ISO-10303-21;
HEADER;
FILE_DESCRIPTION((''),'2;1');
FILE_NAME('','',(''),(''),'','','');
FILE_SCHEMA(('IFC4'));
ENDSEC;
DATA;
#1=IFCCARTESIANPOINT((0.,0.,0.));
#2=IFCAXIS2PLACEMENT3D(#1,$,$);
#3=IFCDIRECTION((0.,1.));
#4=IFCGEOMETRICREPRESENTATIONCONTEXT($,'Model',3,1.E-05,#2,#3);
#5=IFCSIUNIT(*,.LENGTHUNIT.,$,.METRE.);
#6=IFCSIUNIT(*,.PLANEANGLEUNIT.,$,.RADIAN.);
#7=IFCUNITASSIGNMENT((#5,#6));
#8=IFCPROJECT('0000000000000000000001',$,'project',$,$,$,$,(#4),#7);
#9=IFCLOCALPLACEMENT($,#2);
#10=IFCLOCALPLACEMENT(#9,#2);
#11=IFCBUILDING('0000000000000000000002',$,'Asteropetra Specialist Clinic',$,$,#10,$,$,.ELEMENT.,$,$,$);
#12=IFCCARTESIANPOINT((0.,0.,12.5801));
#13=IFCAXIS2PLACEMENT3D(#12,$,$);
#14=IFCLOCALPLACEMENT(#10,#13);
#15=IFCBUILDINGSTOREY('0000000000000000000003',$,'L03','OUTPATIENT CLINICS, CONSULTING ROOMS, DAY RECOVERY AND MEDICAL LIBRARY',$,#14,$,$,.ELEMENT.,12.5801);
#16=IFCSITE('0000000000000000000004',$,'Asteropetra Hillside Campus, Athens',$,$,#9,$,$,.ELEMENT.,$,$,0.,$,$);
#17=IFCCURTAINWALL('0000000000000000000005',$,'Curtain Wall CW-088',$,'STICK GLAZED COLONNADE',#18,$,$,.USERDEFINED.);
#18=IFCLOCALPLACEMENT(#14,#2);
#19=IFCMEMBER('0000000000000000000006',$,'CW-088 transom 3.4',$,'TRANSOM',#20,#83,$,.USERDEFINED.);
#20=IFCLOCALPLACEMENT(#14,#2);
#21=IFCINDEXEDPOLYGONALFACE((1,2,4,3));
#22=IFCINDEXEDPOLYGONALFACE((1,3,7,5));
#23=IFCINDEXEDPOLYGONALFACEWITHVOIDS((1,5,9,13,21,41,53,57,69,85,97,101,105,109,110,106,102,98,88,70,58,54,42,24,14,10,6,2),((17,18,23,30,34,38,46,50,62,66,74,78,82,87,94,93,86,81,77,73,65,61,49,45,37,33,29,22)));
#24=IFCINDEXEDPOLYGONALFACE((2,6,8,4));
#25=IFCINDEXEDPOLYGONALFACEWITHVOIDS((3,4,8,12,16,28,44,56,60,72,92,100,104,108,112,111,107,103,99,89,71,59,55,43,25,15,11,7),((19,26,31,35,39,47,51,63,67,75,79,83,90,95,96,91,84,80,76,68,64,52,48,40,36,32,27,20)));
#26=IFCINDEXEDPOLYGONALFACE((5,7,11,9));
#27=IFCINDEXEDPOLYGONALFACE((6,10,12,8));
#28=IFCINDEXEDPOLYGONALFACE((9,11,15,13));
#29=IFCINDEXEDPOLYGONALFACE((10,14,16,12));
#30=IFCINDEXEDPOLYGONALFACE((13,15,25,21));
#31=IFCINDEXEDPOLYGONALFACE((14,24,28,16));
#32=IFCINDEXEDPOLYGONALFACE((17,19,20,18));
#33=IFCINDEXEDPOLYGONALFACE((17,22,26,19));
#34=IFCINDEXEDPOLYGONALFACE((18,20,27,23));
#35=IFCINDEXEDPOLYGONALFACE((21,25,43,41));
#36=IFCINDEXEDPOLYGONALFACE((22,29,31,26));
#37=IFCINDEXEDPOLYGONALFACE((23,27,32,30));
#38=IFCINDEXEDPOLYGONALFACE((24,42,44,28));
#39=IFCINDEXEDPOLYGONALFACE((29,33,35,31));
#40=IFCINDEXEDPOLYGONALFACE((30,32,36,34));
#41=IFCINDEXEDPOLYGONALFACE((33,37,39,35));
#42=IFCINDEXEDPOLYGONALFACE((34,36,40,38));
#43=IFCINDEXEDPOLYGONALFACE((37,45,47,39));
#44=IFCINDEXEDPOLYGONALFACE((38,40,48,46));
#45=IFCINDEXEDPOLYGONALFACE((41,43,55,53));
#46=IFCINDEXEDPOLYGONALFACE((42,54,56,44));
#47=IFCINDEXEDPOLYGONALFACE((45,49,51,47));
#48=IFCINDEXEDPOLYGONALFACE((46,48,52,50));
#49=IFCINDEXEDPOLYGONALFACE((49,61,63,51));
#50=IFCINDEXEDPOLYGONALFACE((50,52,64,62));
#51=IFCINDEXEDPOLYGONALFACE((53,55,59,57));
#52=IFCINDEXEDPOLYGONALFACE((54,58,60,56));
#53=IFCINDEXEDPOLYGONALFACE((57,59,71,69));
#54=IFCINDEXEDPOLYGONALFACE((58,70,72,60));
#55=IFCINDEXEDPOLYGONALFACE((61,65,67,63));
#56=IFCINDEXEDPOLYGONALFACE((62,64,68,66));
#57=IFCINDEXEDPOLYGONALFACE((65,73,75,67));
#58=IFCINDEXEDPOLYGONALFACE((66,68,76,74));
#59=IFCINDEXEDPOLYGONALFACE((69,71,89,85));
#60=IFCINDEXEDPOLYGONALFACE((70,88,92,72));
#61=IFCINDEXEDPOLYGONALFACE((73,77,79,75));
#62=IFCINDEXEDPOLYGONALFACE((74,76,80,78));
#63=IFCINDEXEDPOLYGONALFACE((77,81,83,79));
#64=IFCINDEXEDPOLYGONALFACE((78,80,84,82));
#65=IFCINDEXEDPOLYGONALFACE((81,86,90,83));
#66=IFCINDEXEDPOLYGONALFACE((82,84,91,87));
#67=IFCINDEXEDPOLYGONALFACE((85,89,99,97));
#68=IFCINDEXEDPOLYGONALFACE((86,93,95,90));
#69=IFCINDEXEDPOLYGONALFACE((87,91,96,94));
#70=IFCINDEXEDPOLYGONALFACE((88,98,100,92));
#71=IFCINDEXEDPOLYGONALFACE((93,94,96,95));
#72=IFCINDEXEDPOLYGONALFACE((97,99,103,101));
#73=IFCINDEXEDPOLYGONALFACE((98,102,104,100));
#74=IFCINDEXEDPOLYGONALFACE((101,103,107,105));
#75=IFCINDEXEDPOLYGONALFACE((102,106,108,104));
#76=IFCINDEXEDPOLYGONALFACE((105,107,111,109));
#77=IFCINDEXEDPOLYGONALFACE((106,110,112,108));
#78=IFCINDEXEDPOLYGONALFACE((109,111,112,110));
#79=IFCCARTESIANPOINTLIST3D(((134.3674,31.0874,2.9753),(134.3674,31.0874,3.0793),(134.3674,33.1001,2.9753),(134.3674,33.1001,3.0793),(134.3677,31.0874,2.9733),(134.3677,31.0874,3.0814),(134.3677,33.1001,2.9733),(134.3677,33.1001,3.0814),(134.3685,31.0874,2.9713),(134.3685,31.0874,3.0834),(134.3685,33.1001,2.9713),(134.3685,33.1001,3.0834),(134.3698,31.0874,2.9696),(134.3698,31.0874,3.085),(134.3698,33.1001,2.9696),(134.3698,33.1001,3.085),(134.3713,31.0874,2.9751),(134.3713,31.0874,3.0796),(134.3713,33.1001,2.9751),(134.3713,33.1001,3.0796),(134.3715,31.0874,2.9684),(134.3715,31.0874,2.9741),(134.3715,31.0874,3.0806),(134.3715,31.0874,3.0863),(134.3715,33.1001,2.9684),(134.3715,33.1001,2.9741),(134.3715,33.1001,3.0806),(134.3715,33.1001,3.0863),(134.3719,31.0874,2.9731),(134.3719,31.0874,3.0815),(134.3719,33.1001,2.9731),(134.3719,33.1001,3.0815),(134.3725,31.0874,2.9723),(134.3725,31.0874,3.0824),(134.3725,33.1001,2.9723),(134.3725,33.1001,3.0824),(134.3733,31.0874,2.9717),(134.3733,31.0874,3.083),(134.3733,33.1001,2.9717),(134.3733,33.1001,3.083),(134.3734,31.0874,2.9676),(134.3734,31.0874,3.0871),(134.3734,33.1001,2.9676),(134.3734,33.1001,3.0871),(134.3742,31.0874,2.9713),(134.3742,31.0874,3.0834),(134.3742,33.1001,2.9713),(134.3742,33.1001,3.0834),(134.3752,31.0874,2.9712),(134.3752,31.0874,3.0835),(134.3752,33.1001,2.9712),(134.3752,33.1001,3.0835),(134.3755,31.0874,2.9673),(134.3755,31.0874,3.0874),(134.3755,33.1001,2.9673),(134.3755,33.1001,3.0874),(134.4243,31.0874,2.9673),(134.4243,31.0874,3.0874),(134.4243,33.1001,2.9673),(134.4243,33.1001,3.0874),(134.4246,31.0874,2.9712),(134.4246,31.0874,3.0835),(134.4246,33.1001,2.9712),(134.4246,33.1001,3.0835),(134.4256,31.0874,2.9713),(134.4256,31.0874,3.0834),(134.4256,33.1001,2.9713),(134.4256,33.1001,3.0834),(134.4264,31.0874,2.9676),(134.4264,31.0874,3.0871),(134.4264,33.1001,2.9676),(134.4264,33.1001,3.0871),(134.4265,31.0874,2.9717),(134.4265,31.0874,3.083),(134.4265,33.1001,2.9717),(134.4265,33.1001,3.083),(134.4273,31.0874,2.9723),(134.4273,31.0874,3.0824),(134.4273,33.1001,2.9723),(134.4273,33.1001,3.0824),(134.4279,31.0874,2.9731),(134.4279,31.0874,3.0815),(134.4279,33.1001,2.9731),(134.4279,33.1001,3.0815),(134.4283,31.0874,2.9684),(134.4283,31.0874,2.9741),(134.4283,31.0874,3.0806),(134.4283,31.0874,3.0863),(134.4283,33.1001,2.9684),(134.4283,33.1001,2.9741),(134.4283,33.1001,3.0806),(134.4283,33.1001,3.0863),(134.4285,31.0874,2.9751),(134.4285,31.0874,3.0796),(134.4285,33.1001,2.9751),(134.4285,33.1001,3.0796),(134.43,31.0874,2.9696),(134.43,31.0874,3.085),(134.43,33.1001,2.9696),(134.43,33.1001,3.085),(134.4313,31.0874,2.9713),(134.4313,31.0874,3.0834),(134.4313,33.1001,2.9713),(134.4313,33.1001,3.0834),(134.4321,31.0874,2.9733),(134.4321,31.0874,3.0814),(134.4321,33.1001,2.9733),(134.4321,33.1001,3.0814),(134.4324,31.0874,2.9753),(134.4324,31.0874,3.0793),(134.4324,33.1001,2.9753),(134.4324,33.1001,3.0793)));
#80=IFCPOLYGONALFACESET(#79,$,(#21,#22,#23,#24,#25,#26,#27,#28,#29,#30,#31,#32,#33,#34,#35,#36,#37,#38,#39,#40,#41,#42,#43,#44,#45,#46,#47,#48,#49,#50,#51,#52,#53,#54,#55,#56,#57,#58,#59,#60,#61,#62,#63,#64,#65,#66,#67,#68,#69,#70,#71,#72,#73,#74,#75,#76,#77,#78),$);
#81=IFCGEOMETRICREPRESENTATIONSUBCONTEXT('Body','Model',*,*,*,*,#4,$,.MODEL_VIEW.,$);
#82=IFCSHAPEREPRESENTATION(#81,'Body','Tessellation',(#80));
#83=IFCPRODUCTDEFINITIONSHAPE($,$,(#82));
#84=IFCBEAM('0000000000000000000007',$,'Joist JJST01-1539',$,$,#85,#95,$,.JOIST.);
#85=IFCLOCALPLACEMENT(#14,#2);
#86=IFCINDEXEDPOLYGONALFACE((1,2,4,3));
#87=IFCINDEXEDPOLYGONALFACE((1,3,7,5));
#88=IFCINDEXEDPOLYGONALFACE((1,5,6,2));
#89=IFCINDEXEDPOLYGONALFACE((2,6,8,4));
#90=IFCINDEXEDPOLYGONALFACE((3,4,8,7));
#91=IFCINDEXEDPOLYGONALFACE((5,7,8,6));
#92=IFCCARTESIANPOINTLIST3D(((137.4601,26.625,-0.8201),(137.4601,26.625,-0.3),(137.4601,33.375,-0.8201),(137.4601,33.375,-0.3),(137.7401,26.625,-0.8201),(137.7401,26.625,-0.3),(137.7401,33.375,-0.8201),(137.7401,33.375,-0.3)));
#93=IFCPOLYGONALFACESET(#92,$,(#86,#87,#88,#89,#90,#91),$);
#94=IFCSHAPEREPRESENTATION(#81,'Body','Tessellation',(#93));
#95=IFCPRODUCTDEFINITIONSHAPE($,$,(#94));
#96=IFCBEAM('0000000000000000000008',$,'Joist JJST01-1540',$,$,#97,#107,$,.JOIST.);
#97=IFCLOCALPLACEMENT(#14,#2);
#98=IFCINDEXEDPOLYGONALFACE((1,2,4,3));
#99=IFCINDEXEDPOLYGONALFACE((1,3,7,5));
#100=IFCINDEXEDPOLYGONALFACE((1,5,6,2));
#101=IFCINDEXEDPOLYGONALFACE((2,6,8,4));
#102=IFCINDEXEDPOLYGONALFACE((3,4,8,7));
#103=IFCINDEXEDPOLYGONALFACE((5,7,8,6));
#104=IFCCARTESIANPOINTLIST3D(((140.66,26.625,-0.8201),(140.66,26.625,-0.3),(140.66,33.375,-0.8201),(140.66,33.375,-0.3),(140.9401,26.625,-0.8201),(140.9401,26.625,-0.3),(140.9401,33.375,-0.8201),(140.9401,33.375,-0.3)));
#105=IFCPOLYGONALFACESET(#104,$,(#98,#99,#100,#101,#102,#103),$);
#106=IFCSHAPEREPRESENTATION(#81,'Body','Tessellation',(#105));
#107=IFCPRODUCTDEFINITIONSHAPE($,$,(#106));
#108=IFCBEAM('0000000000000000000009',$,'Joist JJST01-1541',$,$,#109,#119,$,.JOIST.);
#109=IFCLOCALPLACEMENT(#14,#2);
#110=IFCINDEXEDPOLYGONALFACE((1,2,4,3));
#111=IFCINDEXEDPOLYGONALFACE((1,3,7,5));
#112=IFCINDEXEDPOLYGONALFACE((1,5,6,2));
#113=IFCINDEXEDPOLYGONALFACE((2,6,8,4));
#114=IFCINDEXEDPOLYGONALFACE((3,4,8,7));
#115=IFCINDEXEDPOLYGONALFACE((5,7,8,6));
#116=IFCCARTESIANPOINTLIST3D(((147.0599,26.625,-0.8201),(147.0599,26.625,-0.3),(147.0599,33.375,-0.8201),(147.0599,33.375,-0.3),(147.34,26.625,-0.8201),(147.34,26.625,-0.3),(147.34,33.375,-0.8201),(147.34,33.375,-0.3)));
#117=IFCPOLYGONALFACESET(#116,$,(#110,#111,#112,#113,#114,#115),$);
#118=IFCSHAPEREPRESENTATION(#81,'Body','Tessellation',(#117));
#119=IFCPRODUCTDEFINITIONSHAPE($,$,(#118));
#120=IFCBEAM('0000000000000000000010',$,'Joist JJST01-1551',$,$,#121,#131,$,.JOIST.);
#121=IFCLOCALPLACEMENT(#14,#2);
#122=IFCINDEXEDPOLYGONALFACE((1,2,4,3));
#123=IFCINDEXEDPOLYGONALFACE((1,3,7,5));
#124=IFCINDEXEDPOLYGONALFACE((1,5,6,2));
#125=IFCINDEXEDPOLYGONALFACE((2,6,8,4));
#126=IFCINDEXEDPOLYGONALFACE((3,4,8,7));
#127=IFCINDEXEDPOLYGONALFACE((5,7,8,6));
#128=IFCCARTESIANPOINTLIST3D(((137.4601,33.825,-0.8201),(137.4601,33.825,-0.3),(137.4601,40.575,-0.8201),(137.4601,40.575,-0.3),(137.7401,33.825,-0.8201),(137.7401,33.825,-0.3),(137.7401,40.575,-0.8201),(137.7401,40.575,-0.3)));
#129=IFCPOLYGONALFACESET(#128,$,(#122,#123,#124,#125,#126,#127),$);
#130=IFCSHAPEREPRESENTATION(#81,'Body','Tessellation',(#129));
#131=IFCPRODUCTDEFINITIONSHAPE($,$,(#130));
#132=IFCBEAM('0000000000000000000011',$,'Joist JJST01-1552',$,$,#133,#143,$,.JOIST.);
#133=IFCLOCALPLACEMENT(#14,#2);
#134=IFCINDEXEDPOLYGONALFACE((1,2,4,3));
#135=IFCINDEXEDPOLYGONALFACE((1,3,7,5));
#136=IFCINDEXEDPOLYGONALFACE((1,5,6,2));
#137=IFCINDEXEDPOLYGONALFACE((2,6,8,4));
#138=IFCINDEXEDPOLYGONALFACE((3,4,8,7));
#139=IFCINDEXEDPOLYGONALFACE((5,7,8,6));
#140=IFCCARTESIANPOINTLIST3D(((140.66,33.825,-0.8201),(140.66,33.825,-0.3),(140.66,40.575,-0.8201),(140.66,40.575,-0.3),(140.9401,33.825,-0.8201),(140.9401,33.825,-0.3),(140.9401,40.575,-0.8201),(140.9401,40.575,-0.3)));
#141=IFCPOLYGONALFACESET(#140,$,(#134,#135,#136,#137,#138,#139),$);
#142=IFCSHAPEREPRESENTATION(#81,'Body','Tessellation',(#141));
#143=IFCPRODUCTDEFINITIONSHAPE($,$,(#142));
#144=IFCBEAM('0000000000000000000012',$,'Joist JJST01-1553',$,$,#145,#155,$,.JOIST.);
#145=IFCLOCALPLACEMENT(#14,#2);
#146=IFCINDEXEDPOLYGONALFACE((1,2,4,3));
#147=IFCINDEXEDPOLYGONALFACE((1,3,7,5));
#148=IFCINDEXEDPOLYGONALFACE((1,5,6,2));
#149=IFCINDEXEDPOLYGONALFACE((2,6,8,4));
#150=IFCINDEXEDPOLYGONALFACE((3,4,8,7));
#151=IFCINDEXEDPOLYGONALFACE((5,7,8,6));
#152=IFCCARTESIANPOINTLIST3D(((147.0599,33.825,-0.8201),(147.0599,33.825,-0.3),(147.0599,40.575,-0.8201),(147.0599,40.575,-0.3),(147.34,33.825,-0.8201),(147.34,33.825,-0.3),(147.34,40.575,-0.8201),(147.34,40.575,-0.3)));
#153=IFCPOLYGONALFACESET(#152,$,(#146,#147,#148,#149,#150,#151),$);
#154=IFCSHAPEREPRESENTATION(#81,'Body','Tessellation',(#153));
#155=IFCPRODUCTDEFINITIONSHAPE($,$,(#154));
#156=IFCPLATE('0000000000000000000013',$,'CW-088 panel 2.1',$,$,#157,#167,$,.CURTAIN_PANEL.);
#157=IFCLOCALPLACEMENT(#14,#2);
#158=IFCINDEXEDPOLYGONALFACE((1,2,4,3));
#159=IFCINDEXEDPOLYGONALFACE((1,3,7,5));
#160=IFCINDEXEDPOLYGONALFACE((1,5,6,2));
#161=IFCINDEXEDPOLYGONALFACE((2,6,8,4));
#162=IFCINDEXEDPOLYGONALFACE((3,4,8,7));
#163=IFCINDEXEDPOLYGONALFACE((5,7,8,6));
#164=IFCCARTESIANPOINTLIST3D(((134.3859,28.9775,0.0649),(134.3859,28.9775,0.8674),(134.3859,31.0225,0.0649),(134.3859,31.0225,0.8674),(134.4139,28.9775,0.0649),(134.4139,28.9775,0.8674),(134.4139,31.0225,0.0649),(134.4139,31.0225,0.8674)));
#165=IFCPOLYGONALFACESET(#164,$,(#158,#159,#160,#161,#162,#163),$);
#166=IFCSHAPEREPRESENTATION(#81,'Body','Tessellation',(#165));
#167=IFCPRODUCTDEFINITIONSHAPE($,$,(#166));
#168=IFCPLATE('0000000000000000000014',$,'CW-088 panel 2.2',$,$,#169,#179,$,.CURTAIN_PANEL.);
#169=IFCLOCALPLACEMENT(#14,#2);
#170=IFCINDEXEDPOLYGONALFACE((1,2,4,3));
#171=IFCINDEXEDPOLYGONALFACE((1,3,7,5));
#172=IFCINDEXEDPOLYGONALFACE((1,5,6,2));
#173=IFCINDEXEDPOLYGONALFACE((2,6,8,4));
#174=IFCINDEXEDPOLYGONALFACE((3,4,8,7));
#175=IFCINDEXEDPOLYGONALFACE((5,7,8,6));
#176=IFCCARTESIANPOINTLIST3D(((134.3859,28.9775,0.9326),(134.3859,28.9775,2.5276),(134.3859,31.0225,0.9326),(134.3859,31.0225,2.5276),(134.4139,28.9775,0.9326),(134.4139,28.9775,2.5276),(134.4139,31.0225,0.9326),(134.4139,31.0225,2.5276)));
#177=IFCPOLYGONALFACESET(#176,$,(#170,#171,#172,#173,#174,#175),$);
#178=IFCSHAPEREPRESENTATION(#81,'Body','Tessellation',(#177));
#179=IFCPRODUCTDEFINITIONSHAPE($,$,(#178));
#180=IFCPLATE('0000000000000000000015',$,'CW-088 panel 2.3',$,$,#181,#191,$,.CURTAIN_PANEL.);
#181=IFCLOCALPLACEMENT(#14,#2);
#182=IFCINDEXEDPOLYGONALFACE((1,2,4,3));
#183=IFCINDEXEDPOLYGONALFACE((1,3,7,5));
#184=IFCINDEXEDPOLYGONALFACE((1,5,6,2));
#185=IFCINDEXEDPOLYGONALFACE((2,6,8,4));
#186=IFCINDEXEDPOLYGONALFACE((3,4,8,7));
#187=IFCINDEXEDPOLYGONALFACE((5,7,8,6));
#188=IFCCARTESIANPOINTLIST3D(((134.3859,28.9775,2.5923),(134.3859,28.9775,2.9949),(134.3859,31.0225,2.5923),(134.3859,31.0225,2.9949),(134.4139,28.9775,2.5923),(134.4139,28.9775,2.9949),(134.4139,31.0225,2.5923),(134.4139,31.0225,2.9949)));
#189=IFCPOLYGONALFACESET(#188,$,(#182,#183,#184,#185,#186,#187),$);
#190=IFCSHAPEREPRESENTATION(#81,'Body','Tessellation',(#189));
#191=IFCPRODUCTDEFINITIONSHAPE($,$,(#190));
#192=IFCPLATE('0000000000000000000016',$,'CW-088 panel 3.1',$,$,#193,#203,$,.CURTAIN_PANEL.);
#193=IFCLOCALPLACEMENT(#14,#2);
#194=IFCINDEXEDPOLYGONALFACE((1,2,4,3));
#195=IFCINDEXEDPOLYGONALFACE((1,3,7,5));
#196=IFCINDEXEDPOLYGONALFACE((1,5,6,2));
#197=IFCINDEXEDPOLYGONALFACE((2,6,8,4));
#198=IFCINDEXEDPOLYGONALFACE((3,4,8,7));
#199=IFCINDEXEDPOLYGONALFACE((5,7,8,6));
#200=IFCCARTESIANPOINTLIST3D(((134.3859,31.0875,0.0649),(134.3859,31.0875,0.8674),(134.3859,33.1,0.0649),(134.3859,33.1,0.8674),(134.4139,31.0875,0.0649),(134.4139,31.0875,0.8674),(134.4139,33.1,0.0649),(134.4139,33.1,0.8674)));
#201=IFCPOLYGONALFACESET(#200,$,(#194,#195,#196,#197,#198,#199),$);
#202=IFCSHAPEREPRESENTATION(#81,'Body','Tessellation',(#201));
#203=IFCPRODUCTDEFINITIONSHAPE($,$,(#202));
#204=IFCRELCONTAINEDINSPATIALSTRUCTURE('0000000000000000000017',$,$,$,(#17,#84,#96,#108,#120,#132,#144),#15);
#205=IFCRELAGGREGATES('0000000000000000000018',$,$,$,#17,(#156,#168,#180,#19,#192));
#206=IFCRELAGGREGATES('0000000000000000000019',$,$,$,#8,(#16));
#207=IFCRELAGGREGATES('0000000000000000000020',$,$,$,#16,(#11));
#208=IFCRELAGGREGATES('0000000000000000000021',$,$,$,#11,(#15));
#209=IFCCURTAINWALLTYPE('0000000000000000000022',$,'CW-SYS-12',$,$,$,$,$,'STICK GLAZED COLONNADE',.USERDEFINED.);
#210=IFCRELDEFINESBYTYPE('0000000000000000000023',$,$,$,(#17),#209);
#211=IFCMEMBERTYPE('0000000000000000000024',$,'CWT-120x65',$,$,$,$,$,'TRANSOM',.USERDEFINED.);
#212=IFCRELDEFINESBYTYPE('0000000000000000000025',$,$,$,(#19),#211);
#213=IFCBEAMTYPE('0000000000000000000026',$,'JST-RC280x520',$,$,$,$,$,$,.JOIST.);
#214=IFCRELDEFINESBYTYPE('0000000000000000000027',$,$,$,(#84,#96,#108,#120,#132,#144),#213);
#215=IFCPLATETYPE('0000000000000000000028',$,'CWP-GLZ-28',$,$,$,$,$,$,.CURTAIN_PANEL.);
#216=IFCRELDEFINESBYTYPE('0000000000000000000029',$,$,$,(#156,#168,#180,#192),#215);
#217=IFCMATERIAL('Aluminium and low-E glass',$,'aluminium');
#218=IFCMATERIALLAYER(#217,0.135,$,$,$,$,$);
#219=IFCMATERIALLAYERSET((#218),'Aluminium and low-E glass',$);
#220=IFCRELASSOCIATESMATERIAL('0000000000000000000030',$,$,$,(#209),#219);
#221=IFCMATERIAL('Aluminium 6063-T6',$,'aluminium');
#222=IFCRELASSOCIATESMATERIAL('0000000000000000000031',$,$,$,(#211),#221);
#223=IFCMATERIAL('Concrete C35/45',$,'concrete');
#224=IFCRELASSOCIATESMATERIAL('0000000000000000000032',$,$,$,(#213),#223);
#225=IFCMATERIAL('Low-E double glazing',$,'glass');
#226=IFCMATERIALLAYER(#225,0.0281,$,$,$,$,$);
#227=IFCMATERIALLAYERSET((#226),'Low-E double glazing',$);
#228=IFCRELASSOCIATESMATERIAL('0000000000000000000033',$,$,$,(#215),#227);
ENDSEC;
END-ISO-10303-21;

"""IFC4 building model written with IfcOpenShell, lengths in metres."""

from ifc_helpers import new_model, si_unit, direction, frame, origin, origin_2d, place, context, subcontext, project, spatial, rectangle, hollow_rectangle, extrude, material, layer, layer_set, material_profile, profile_set, type_object, element, aggregate, save


model = new_model("IFC4")

# Units and contexts
model_context = context("Model", 3, precision=1e-05, world=origin(), true_north=direction((0.0, 1.0)))
body_context = subcontext(model_context, "Body", "Model", "MODEL_VIEW")
ifc_project = project(units=[si_unit("LENGTHUNIT", "METRE"), si_unit("PLANEANGLEUNIT", "RADIAN")], contexts=[model_context])

# Site, building, storey
site_placement = place(None, origin())
site = spatial("IfcSite", under=ifc_project, at=site_placement, Name="Asteropetra Hillside Campus, Athens", CompositionType="ELEMENT", RefElevation=0.0)
building_placement = place(site_placement, origin())
building = spatial("IfcBuilding", under=site, at=building_placement, Name="Asteropetra Specialist Clinic", CompositionType="ELEMENT")
storey_placement = place(building_placement, frame((0.0, 0.0, 12.5801)))
storey = spatial("IfcBuildingStorey", under=building, at=storey_placement, Name="L03", Description="OUTPATIENT CLINICS, CONSULTING ROOMS, DAY RECOVERY AND MEDICAL LIBRARY", CompositionType="ELEMENT", Elevation=12.5801)

# Curtain wall, member
ifc_material_1 = material(Name="Aluminium and low-E glass", Category="aluminium")
ifc_layer_1 = layer(ifc_material_1, 0.135)
ifc_layer_set_1 = layer_set([ifc_layer_1], Name="Aluminium and low-E glass")
curtain_wall_type = type_object("IfcCurtainWallType", Name="CW-SYS-12", ElementType="STICK GLAZED COLONNADE", PredefinedType="USERDEFINED", material=ifc_layer_set_1)
curtain_wall_placement = place(storey_placement, origin())
curtain_wall = element("IfcCurtainWall", 1, at=curtain_wall_placement, inside=storey, type_object=curtain_wall_type, Name="Curtain Wall CW-088", ObjectType="STICK GLAZED COLONNADE", PredefinedType="USERDEFINED")
ifc_material_2 = material(Name="Aluminium 6063-T6", Category="aluminium")
ifc_material_profile_1 = material_profile(ifc_material_2, hollow_rectangle(XDim=0.0649, YDim=0.1201, WallThickness=0.0039, InnerFilletRadius=0.0039, OuterFilletRadius=0.0081, at=origin_2d()), Name="TRN 120x65x4.0")
ifc_profile_set_1 = profile_set([ifc_material_profile_1], Name="Aluminium 6063-T6")
member_type_1 = type_object("IfcMemberType", Name="CWT-120x65", ElementType="TRANSOM", PredefinedType="USERDEFINED", material=ifc_profile_set_1)
member_1_placement = place(storey_placement, frame((134.3999, 31.0874, 3.0273), z_axis=(0.0, 1.0, 0.0), x_axis=(-1.0, 0.0, 0.0)))
member_1 = element("IfcMember", 2, at=member_1_placement, type_object=member_type_1, Name="CW-088 transom 3.4", ObjectType="TRANSOM", PredefinedType="USERDEFINED", context=body_context, shape_type="SweptSolid", body=[
    extrude(hollow_rectangle(XDim=0.0649, YDim=0.1201, WallThickness=0.0039, InnerFilletRadius=0.0039, OuterFilletRadius=0.0081, at=origin_2d()), origin(), (0.0, 0.0, 1.0), 2.0127),
])

# Beams
ifc_material_3 = material(Name="Concrete C35/45", Category="concrete")
ifc_material_profile_2 = material_profile(ifc_material_3, rectangle(XDim=0.28, YDim=0.52, at=origin_2d()), Name="RCJ 280x520")
ifc_profile_set_2 = profile_set([ifc_material_profile_2], Name="Concrete C35/45")
beam_type_1 = type_object("IfcBeamType", Name="JST-RC280x520", PredefinedType="JOIST", material=ifc_profile_set_2)
for number, where, z_axis, x_axis, name in (
    (3, (137.6001, 26.625, -0.5601), (0.0, 1.0, 0.0), (-1.0, 0.0, 0.0), "Joist JJST01-1539"),
    (4, (140.8, 26.625, -0.5601), (0.0, 1.0, 0.0), (-1.0, 0.0, 0.0), "Joist JJST01-1540"),
    (5, (147.2, 26.625, -0.5601), (0.0, 1.0, 0.0), (-1.0, 0.0, 0.0), "Joist JJST01-1541"),
    (6, (137.6001, 33.825, -0.5601), (0.0, 1.0, 0.0), (-1.0, 0.0, 0.0), "Joist JJST01-1551"),
    (7, (140.8, 33.825, -0.5601), (0.0, 1.0, 0.0), (-1.0, 0.0, 0.0), "Joist JJST01-1552"),
    (8, (147.2, 33.825, -0.5601), (0.0, 1.0, 0.0), (-1.0, 0.0, 0.0), "Joist JJST01-1553"),
):
    element("IfcBeam", number, at=place(storey_placement, frame(where, z_axis=z_axis, x_axis=x_axis)), inside=storey, type_object=beam_type_1, Name=name, PredefinedType="JOIST", context=body_context, shape_type="SweptSolid", body=[
        extrude(rectangle(XDim=0.28, YDim=0.52, at=origin_2d()), origin(), (0.0, 0.0, 1.0), 6.75),
    ])

# Plates
ifc_material_4 = material(Name="Low-E double glazing", Category="glass")
ifc_layer_2 = layer(ifc_material_4, 0.0281)
ifc_layer_set_2 = layer_set([ifc_layer_2], Name="Low-E double glazing")
plate_type = type_object("IfcPlateType", Name="CWP-GLZ-28", PredefinedType="CURTAIN_PANEL", material=ifc_layer_set_2)
plate_1_placement = place(storey_placement, frame((134.3999, 30.0, 0.0649), z_axis=(0.0, 0.0, 1.0), x_axis=(0.0, 1.0, 0.0)))
plate_1 = element("IfcPlate", 9, at=plate_1_placement, type_object=plate_type, Name="CW-088 panel 2.1", PredefinedType="CURTAIN_PANEL", context=body_context, shape_type="SweptSolid", body=[
    extrude(rectangle(XDim=2.0449, YDim=0.0281, at=origin_2d()), origin(), (0.0, 0.0, 1.0), 0.8025),
])
plate_2_placement = place(storey_placement, frame((134.3999, 30.0, 0.9326), z_axis=(0.0, 0.0, 1.0), x_axis=(0.0, 1.0, 0.0)))
plate_2 = element("IfcPlate", 10, at=plate_2_placement, type_object=plate_type, Name="CW-088 panel 2.2", PredefinedType="CURTAIN_PANEL", context=body_context, shape_type="SweptSolid", body=[
    extrude(rectangle(XDim=2.0449, YDim=0.0281, at=origin_2d()), origin(), (0.0, 0.0, 1.0), 1.595),
])
plate_3_placement = place(storey_placement, frame((134.3999, 30.0, 2.5923), z_axis=(0.0, 0.0, 1.0), x_axis=(0.0, 1.0, 0.0)))
plate_3 = element("IfcPlate", 11, at=plate_3_placement, type_object=plate_type, Name="CW-088 panel 2.3", PredefinedType="CURTAIN_PANEL", context=body_context, shape_type="SweptSolid", body=[
    extrude(rectangle(XDim=2.0449, YDim=0.0281, at=origin_2d()), origin(), (0.0, 0.0, 1.0), 0.4026),
])
plate_4_placement = place(storey_placement, frame((134.3999, 32.0938, 0.0649), z_axis=(0.0, 0.0, 1.0), x_axis=(0.0, 1.0, 0.0)))
plate_4 = element("IfcPlate", 12, at=plate_4_placement, type_object=plate_type, Name="CW-088 panel 3.1", PredefinedType="CURTAIN_PANEL", context=body_context, shape_type="SweptSolid", body=[
    extrude(rectangle(XDim=2.0125, YDim=0.0281, at=origin_2d()), origin(), (0.0, 0.0, 1.0), 0.8025),
])
aggregate(curtain_wall, [plate_1, plate_2, plate_3, member_1, plate_4])

save(model, "model.ifc")
